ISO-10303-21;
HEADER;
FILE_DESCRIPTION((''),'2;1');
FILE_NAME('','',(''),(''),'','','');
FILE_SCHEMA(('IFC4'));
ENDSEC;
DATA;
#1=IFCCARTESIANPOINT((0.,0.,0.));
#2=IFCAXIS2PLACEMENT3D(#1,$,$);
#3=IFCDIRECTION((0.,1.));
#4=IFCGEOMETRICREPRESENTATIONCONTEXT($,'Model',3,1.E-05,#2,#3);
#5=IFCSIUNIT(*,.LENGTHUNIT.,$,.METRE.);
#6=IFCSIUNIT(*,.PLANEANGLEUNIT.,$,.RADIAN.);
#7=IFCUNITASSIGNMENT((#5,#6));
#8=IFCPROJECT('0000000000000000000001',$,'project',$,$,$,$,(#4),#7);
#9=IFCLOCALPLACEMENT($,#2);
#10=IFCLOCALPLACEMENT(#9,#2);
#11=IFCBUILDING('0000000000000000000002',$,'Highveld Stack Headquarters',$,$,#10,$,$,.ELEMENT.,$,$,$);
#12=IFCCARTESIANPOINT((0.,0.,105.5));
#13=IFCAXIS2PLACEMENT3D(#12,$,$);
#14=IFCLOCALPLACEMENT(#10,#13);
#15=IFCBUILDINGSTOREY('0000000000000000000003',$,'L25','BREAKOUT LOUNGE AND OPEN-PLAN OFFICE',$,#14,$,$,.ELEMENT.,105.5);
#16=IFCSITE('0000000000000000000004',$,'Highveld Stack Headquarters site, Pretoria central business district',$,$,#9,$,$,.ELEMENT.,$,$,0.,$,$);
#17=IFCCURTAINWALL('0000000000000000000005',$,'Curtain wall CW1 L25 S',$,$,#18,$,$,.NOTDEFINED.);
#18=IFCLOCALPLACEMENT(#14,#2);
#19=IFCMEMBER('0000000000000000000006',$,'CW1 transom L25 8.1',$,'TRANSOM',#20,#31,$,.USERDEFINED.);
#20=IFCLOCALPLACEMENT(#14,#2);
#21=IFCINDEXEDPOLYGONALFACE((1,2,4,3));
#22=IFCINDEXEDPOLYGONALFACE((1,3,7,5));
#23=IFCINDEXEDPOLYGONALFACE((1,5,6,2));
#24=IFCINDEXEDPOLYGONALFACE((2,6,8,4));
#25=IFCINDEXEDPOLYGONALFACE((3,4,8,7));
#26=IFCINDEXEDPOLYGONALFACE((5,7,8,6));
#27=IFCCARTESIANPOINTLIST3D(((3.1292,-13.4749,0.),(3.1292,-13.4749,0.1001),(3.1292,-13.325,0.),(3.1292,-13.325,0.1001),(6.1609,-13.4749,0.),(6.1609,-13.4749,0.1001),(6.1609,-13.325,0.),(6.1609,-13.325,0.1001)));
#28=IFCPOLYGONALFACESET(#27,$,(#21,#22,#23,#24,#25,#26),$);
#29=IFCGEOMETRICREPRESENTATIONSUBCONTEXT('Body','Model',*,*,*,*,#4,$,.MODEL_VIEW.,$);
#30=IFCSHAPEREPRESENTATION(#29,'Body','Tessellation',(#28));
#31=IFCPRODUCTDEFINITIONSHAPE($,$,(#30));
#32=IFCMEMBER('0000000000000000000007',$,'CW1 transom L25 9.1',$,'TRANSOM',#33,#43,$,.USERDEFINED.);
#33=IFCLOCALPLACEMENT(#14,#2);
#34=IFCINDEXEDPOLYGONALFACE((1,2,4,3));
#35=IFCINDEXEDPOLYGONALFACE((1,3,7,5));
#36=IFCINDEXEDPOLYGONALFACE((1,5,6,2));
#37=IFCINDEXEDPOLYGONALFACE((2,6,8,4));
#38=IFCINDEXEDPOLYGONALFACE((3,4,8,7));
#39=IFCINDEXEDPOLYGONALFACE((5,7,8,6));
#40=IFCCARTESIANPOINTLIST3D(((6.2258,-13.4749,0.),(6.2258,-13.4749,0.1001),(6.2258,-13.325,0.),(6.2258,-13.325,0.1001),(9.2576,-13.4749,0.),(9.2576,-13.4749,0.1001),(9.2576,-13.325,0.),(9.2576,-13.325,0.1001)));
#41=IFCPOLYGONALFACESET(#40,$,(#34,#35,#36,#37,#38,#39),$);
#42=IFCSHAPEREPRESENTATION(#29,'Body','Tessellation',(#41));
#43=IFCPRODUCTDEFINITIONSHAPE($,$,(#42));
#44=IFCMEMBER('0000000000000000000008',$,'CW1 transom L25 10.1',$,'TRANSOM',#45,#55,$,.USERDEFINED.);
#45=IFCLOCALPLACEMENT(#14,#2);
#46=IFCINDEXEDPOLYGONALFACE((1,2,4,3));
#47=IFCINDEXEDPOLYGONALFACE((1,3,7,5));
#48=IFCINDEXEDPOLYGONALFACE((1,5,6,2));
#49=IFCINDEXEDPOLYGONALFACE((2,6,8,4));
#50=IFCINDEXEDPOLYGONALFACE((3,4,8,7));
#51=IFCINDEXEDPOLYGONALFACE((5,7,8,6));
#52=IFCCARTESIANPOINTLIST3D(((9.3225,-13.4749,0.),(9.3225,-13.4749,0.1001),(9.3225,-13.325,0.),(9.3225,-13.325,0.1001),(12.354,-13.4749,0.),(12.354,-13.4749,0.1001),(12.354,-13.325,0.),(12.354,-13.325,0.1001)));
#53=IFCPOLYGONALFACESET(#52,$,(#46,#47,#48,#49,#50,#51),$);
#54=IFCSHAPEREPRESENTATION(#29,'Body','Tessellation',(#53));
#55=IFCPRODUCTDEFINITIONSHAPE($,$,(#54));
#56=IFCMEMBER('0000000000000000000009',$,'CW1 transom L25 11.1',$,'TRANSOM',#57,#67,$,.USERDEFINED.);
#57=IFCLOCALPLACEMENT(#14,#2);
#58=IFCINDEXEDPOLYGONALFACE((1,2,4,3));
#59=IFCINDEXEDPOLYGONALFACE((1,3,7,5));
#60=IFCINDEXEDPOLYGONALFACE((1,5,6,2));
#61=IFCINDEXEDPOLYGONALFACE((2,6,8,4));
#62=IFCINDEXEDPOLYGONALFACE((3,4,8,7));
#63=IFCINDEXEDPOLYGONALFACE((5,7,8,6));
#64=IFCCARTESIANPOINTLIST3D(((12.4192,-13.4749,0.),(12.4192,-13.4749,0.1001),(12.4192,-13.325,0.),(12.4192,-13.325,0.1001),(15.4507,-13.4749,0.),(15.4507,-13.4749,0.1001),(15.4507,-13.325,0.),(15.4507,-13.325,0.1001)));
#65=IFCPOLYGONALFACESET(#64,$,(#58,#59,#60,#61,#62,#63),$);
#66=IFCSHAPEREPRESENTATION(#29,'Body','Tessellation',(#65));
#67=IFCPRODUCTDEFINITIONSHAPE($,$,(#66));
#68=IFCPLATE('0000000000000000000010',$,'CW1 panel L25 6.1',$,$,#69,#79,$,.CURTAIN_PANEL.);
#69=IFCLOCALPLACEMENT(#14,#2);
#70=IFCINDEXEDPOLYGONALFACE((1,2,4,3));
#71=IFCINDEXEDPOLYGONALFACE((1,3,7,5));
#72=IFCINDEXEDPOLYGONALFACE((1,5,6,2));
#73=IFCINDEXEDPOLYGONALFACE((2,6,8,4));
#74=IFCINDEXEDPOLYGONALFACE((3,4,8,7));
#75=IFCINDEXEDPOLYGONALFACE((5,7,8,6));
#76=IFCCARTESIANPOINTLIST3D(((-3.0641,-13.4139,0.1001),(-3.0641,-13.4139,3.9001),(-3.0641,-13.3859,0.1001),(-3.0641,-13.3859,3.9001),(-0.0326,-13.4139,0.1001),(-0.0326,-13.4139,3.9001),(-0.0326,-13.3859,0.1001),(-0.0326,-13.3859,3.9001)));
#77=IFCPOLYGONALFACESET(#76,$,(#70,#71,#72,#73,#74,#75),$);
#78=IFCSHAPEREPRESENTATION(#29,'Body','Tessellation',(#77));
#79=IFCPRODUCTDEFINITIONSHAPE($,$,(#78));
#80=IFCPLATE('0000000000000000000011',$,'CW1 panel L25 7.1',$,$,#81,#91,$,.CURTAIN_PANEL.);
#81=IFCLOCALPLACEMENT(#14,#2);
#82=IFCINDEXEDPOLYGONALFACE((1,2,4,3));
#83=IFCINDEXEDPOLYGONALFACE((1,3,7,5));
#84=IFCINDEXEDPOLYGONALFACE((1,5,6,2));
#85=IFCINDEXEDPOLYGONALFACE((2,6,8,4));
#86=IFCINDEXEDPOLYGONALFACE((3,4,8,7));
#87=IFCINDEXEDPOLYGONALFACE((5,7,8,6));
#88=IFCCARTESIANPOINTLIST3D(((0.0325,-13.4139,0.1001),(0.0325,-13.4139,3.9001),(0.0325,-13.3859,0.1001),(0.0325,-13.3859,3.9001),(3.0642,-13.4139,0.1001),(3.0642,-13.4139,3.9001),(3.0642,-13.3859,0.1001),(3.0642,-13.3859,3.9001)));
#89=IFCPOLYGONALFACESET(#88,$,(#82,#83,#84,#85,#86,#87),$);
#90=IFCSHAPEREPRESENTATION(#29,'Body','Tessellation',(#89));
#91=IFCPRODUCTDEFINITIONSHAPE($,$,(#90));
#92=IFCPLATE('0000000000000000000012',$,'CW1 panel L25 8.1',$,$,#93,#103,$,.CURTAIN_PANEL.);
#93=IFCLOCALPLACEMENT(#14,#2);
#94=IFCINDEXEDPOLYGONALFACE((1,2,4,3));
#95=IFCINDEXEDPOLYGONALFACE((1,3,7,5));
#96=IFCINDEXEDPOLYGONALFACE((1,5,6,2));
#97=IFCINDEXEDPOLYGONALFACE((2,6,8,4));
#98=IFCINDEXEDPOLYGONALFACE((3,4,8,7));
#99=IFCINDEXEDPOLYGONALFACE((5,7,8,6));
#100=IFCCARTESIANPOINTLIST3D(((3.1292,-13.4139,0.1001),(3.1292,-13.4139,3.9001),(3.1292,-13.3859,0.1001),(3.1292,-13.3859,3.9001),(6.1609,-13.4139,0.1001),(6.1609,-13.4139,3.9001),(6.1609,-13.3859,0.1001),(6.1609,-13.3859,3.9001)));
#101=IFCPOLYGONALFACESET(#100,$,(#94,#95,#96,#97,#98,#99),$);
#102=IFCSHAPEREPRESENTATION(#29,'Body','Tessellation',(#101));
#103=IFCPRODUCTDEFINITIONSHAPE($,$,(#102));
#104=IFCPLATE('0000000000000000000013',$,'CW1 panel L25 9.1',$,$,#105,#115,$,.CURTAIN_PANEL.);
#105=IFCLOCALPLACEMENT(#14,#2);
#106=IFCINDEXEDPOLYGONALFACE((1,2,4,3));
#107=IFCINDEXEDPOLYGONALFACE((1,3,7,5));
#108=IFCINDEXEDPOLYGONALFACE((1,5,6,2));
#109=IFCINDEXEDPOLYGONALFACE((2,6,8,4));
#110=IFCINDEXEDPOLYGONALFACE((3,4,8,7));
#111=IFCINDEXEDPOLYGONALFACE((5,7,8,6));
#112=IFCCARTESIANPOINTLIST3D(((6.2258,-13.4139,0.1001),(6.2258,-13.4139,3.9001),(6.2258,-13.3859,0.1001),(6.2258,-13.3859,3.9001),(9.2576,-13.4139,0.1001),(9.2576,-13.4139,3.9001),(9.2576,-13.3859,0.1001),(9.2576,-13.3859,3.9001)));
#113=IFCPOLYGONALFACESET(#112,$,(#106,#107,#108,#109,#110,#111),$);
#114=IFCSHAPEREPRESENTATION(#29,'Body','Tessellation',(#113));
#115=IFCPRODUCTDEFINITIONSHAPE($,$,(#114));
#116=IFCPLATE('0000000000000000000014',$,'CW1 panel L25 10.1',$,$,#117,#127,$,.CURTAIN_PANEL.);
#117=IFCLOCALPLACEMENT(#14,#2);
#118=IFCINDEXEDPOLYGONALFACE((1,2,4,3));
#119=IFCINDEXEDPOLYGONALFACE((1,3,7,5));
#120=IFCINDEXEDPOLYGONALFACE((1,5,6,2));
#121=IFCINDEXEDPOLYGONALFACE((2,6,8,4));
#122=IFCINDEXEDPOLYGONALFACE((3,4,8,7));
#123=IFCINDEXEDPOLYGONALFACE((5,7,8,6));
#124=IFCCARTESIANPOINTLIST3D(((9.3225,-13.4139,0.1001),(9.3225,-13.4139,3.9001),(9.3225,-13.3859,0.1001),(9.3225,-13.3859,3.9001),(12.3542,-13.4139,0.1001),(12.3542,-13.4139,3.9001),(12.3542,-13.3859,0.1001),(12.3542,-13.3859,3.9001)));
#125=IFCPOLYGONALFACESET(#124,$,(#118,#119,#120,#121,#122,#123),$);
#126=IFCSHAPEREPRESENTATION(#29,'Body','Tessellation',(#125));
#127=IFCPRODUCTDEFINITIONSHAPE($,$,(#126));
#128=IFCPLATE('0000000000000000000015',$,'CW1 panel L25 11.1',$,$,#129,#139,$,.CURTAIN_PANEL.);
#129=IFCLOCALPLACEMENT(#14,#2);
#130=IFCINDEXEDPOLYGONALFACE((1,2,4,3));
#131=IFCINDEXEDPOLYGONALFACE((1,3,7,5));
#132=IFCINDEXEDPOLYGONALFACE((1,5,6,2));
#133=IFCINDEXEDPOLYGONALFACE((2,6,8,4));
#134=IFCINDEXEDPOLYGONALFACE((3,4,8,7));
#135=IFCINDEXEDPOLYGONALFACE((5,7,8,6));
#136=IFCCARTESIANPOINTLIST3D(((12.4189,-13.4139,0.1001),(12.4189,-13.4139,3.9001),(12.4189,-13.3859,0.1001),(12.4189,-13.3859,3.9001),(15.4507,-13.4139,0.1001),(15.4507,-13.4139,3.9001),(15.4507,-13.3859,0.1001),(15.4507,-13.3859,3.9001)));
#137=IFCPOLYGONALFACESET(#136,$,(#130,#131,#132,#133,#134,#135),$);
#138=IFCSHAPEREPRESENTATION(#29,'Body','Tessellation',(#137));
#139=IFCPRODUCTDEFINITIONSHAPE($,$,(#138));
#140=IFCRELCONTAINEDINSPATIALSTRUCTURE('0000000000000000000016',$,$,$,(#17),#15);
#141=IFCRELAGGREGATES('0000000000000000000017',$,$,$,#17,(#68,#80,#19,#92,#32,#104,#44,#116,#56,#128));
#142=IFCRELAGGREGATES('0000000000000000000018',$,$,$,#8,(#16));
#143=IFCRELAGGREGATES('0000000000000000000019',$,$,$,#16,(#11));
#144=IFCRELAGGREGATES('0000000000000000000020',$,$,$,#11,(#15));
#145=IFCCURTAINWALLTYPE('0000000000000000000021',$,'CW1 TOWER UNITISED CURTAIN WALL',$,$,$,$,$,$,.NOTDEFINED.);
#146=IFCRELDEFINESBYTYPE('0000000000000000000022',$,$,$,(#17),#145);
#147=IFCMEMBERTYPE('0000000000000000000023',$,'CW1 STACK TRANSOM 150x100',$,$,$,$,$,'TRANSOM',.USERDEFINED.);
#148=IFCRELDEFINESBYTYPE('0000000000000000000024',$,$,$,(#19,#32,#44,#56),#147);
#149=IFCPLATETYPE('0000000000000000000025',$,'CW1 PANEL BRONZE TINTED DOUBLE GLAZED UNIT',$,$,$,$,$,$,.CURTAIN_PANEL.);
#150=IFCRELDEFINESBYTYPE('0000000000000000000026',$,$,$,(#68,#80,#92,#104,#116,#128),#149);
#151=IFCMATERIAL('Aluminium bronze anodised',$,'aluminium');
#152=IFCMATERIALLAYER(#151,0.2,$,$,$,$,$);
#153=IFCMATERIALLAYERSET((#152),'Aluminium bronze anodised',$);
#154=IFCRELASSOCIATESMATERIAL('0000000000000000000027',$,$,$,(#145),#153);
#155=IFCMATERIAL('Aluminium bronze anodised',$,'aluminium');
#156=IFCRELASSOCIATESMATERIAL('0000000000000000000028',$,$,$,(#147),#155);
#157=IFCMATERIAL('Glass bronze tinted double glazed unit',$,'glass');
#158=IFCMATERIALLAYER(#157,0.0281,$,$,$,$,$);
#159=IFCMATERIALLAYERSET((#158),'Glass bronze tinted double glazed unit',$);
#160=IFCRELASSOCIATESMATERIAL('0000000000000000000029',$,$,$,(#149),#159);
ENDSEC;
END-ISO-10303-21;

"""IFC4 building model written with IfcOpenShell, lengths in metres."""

from ifc_helpers import new_model, si_unit, direction, frame, origin, origin_2d, place, context, subcontext, project, spatial, rectangle, extrude, material, layer, layer_set, material_profile, profile_set, type_object, element, aggregate, save


model = new_model("IFC4")

# Units and contexts
model_context = context("Model", 3, precision=1e-05, world=origin(), true_north=direction((0.0, 1.0)))
body_context = subcontext(model_context, "Body", "Model", "MODEL_VIEW")
ifc_project = project(units=[si_unit("LENGTHUNIT", "METRE"), si_unit("PLANEANGLEUNIT", "RADIAN")], contexts=[model_context])

# Site, building, storey
site_placement = place(None, origin())
site = spatial("IfcSite", under=ifc_project, at=site_placement, Name="Highveld Stack Headquarters site, Pretoria central business district", CompositionType="ELEMENT", RefElevation=0.0)
building_placement = place(site_placement, origin())
building = spatial("IfcBuilding", under=site, at=building_placement, Name="Highveld Stack Headquarters", CompositionType="ELEMENT")
storey_placement = place(building_placement, frame((0.0, 0.0, 105.5)))
storey = spatial("IfcBuildingStorey", under=building, at=storey_placement, Name="L25", Description="BREAKOUT LOUNGE AND OPEN-PLAN OFFICE", CompositionType="ELEMENT", Elevation=105.5)

# Curtain wall, members, plates
ifc_material_1 = material(Name="Aluminium bronze anodised", Category="aluminium")
ifc_layer_1 = layer(ifc_material_1, 0.2)
ifc_layer_set_1 = layer_set([ifc_layer_1], Name="Aluminium bronze anodised")
curtain_wall_type = type_object("IfcCurtainWallType", Name="CW1 TOWER UNITISED CURTAIN WALL", PredefinedType="NOTDEFINED", material=ifc_layer_set_1)
curtain_wall_placement = place(storey_placement, origin())
curtain_wall = element("IfcCurtainWall", 1, at=curtain_wall_placement, inside=storey, type_object=curtain_wall_type, Name="Curtain wall CW1 L25 S", PredefinedType="NOTDEFINED")
ifc_material_2 = material(Name="Aluminium bronze anodised", Category="aluminium")
ifc_material_profile_1 = material_profile(ifc_material_2, rectangle(XDim=0.1499, YDim=0.1001, at=origin_2d()), Name="CW1 TRANSOM 150x100")
ifc_profile_set_1 = profile_set([ifc_material_profile_1], Name="Aluminium bronze anodised")
member_type_1 = type_object("IfcMemberType", Name="CW1 STACK TRANSOM 150x100", ElementType="TRANSOM", PredefinedType="USERDEFINED", material=ifc_profile_set_1)
member_1_placement = place(storey_placement, frame((3.1292, -13.3999, 0.05), z_axis=(1.0, 0.0, 0.0), x_axis=(0.0, 1.0, 0.0)))
member_1 = element("IfcMember", 2, at=member_1_placement, type_object=member_type_1, Name="CW1 transom L25 8.1", ObjectType="TRANSOM", PredefinedType="USERDEFINED", context=body_context, shape_type="SweptSolid", body=[
    extrude(rectangle(XDim=0.1499, YDim=0.1001, at=origin_2d()), origin(), (0.0, 0.0, 1.0), 3.0317),
])
member_2_placement = place(storey_placement, frame((6.2258, -13.3999, 0.05), z_axis=(1.0, 0.0, 0.0), x_axis=(0.0, 1.0, 0.0)))
member_2 = element("IfcMember", 3, at=member_2_placement, type_object=member_type_1, Name="CW1 transom L25 9.1", ObjectType="TRANSOM", PredefinedType="USERDEFINED", context=body_context, shape_type="SweptSolid", body=[
    extrude(rectangle(XDim=0.1499, YDim=0.1001, at=origin_2d()), origin(), (0.0, 0.0, 1.0), 3.0317),
])
member_3_placement = place(storey_placement, frame((9.3225, -13.3999, 0.05), z_axis=(1.0, 0.0, 0.0), x_axis=(0.0, 1.0, 0.0)))
member_3 = element("IfcMember", 4, at=member_3_placement, type_object=member_type_1, Name="CW1 transom L25 10.1", ObjectType="TRANSOM", PredefinedType="USERDEFINED", context=body_context, shape_type="SweptSolid", body=[
    extrude(rectangle(XDim=0.1499, YDim=0.1001, at=origin_2d()), origin(), (0.0, 0.0, 1.0), 3.0315),
])
member_4_placement = place(storey_placement, frame((12.4192, -13.3999, 0.05), z_axis=(1.0, 0.0, 0.0), x_axis=(0.0, 1.0, 0.0)))
member_4 = element("IfcMember", 5, at=member_4_placement, type_object=member_type_1, Name="CW1 transom L25 11.1", ObjectType="TRANSOM", PredefinedType="USERDEFINED", context=body_context, shape_type="SweptSolid", body=[
    extrude(rectangle(XDim=0.1499, YDim=0.1001, at=origin_2d()), origin(), (0.0, 0.0, 1.0), 3.0315),
])
ifc_material_3 = material(Name="Glass bronze tinted double glazed unit", Category="glass")
ifc_layer_2 = layer(ifc_material_3, 0.0281)
ifc_layer_set_2 = layer_set([ifc_layer_2], Name="Glass bronze tinted double glazed unit")
plate_type = type_object("IfcPlateType", Name="CW1 PANEL BRONZE TINTED DOUBLE GLAZED UNIT", PredefinedType="CURTAIN_PANEL", material=ifc_layer_set_2)
plate_1_placement = place(storey_placement, frame((-1.5483, -13.3999, 0.1001), z_axis=(0.0, 0.0, 1.0), x_axis=(1.0, 0.0, 0.0)))
plate_1 = element("IfcPlate", 6, at=plate_1_placement, type_object=plate_type, Name="CW1 panel L25 6.1", PredefinedType="CURTAIN_PANEL", context=body_context, shape_type="SweptSolid", body=[
    extrude(rectangle(XDim=3.0315, YDim=0.0281, at=origin_2d()), origin(), (0.0, 0.0, 1.0), 3.8),
])
plate_2_placement = place(storey_placement, frame((1.5483, -13.3999, 0.1001), z_axis=(0.0, 0.0, 1.0), x_axis=(1.0, 0.0, 0.0)))
plate_2 = element("IfcPlate", 7, at=plate_2_placement, type_object=plate_type, Name="CW1 panel L25 7.1", PredefinedType="CURTAIN_PANEL", context=body_context, shape_type="SweptSolid", body=[
    extrude(rectangle(XDim=3.0317, YDim=0.0281, at=origin_2d()), origin(), (0.0, 0.0, 1.0), 3.8),
])
plate_3_placement = place(storey_placement, frame((4.645, -13.3999, 0.1001), z_axis=(0.0, 0.0, 1.0), x_axis=(1.0, 0.0, 0.0)))
plate_3 = element("IfcPlate", 8, at=plate_3_placement, type_object=plate_type, Name="CW1 panel L25 8.1", PredefinedType="CURTAIN_PANEL", context=body_context, shape_type="SweptSolid", body=[
    extrude(rectangle(XDim=3.0317, YDim=0.0281, at=origin_2d()), origin(), (0.0, 0.0, 1.0), 3.8),
])
plate_4_placement = place(storey_placement, frame((7.7417, -13.3999, 0.1001), z_axis=(0.0, 0.0, 1.0), x_axis=(1.0, 0.0, 0.0)))
plate_4 = element("IfcPlate", 9, at=plate_4_placement, type_object=plate_type, Name="CW1 panel L25 9.1", PredefinedType="CURTAIN_PANEL", context=body_context, shape_type="SweptSolid", body=[
    extrude(rectangle(XDim=3.0317, YDim=0.0281, at=origin_2d()), origin(), (0.0, 0.0, 1.0), 3.8),
])
plate_5_placement = place(storey_placement, frame((10.8384, -13.3999, 0.1001), z_axis=(0.0, 0.0, 1.0), x_axis=(1.0, 0.0, 0.0)))
plate_5 = element("IfcPlate", 10, at=plate_5_placement, type_object=plate_type, Name="CW1 panel L25 10.1", PredefinedType="CURTAIN_PANEL", context=body_context, shape_type="SweptSolid", body=[
    extrude(rectangle(XDim=3.0317, YDim=0.0281, at=origin_2d()), origin(), (0.0, 0.0, 1.0), 3.8),
])
plate_6_placement = place(storey_placement, frame((13.9348, -13.3999, 0.1001), z_axis=(0.0, 0.0, 1.0), x_axis=(1.0, 0.0, 0.0)))
plate_6 = element("IfcPlate", 11, at=plate_6_placement, type_object=plate_type, Name="CW1 panel L25 11.1", PredefinedType="CURTAIN_PANEL", context=body_context, shape_type="SweptSolid", body=[
    extrude(rectangle(XDim=3.0317, YDim=0.0281, at=origin_2d()), origin(), (0.0, 0.0, 1.0), 3.8),
])
aggregate(curtain_wall, [plate_1, plate_2, member_1, plate_3, member_2, plate_4, member_3, plate_5, member_4, plate_6])

save(model, "model.ifc")
